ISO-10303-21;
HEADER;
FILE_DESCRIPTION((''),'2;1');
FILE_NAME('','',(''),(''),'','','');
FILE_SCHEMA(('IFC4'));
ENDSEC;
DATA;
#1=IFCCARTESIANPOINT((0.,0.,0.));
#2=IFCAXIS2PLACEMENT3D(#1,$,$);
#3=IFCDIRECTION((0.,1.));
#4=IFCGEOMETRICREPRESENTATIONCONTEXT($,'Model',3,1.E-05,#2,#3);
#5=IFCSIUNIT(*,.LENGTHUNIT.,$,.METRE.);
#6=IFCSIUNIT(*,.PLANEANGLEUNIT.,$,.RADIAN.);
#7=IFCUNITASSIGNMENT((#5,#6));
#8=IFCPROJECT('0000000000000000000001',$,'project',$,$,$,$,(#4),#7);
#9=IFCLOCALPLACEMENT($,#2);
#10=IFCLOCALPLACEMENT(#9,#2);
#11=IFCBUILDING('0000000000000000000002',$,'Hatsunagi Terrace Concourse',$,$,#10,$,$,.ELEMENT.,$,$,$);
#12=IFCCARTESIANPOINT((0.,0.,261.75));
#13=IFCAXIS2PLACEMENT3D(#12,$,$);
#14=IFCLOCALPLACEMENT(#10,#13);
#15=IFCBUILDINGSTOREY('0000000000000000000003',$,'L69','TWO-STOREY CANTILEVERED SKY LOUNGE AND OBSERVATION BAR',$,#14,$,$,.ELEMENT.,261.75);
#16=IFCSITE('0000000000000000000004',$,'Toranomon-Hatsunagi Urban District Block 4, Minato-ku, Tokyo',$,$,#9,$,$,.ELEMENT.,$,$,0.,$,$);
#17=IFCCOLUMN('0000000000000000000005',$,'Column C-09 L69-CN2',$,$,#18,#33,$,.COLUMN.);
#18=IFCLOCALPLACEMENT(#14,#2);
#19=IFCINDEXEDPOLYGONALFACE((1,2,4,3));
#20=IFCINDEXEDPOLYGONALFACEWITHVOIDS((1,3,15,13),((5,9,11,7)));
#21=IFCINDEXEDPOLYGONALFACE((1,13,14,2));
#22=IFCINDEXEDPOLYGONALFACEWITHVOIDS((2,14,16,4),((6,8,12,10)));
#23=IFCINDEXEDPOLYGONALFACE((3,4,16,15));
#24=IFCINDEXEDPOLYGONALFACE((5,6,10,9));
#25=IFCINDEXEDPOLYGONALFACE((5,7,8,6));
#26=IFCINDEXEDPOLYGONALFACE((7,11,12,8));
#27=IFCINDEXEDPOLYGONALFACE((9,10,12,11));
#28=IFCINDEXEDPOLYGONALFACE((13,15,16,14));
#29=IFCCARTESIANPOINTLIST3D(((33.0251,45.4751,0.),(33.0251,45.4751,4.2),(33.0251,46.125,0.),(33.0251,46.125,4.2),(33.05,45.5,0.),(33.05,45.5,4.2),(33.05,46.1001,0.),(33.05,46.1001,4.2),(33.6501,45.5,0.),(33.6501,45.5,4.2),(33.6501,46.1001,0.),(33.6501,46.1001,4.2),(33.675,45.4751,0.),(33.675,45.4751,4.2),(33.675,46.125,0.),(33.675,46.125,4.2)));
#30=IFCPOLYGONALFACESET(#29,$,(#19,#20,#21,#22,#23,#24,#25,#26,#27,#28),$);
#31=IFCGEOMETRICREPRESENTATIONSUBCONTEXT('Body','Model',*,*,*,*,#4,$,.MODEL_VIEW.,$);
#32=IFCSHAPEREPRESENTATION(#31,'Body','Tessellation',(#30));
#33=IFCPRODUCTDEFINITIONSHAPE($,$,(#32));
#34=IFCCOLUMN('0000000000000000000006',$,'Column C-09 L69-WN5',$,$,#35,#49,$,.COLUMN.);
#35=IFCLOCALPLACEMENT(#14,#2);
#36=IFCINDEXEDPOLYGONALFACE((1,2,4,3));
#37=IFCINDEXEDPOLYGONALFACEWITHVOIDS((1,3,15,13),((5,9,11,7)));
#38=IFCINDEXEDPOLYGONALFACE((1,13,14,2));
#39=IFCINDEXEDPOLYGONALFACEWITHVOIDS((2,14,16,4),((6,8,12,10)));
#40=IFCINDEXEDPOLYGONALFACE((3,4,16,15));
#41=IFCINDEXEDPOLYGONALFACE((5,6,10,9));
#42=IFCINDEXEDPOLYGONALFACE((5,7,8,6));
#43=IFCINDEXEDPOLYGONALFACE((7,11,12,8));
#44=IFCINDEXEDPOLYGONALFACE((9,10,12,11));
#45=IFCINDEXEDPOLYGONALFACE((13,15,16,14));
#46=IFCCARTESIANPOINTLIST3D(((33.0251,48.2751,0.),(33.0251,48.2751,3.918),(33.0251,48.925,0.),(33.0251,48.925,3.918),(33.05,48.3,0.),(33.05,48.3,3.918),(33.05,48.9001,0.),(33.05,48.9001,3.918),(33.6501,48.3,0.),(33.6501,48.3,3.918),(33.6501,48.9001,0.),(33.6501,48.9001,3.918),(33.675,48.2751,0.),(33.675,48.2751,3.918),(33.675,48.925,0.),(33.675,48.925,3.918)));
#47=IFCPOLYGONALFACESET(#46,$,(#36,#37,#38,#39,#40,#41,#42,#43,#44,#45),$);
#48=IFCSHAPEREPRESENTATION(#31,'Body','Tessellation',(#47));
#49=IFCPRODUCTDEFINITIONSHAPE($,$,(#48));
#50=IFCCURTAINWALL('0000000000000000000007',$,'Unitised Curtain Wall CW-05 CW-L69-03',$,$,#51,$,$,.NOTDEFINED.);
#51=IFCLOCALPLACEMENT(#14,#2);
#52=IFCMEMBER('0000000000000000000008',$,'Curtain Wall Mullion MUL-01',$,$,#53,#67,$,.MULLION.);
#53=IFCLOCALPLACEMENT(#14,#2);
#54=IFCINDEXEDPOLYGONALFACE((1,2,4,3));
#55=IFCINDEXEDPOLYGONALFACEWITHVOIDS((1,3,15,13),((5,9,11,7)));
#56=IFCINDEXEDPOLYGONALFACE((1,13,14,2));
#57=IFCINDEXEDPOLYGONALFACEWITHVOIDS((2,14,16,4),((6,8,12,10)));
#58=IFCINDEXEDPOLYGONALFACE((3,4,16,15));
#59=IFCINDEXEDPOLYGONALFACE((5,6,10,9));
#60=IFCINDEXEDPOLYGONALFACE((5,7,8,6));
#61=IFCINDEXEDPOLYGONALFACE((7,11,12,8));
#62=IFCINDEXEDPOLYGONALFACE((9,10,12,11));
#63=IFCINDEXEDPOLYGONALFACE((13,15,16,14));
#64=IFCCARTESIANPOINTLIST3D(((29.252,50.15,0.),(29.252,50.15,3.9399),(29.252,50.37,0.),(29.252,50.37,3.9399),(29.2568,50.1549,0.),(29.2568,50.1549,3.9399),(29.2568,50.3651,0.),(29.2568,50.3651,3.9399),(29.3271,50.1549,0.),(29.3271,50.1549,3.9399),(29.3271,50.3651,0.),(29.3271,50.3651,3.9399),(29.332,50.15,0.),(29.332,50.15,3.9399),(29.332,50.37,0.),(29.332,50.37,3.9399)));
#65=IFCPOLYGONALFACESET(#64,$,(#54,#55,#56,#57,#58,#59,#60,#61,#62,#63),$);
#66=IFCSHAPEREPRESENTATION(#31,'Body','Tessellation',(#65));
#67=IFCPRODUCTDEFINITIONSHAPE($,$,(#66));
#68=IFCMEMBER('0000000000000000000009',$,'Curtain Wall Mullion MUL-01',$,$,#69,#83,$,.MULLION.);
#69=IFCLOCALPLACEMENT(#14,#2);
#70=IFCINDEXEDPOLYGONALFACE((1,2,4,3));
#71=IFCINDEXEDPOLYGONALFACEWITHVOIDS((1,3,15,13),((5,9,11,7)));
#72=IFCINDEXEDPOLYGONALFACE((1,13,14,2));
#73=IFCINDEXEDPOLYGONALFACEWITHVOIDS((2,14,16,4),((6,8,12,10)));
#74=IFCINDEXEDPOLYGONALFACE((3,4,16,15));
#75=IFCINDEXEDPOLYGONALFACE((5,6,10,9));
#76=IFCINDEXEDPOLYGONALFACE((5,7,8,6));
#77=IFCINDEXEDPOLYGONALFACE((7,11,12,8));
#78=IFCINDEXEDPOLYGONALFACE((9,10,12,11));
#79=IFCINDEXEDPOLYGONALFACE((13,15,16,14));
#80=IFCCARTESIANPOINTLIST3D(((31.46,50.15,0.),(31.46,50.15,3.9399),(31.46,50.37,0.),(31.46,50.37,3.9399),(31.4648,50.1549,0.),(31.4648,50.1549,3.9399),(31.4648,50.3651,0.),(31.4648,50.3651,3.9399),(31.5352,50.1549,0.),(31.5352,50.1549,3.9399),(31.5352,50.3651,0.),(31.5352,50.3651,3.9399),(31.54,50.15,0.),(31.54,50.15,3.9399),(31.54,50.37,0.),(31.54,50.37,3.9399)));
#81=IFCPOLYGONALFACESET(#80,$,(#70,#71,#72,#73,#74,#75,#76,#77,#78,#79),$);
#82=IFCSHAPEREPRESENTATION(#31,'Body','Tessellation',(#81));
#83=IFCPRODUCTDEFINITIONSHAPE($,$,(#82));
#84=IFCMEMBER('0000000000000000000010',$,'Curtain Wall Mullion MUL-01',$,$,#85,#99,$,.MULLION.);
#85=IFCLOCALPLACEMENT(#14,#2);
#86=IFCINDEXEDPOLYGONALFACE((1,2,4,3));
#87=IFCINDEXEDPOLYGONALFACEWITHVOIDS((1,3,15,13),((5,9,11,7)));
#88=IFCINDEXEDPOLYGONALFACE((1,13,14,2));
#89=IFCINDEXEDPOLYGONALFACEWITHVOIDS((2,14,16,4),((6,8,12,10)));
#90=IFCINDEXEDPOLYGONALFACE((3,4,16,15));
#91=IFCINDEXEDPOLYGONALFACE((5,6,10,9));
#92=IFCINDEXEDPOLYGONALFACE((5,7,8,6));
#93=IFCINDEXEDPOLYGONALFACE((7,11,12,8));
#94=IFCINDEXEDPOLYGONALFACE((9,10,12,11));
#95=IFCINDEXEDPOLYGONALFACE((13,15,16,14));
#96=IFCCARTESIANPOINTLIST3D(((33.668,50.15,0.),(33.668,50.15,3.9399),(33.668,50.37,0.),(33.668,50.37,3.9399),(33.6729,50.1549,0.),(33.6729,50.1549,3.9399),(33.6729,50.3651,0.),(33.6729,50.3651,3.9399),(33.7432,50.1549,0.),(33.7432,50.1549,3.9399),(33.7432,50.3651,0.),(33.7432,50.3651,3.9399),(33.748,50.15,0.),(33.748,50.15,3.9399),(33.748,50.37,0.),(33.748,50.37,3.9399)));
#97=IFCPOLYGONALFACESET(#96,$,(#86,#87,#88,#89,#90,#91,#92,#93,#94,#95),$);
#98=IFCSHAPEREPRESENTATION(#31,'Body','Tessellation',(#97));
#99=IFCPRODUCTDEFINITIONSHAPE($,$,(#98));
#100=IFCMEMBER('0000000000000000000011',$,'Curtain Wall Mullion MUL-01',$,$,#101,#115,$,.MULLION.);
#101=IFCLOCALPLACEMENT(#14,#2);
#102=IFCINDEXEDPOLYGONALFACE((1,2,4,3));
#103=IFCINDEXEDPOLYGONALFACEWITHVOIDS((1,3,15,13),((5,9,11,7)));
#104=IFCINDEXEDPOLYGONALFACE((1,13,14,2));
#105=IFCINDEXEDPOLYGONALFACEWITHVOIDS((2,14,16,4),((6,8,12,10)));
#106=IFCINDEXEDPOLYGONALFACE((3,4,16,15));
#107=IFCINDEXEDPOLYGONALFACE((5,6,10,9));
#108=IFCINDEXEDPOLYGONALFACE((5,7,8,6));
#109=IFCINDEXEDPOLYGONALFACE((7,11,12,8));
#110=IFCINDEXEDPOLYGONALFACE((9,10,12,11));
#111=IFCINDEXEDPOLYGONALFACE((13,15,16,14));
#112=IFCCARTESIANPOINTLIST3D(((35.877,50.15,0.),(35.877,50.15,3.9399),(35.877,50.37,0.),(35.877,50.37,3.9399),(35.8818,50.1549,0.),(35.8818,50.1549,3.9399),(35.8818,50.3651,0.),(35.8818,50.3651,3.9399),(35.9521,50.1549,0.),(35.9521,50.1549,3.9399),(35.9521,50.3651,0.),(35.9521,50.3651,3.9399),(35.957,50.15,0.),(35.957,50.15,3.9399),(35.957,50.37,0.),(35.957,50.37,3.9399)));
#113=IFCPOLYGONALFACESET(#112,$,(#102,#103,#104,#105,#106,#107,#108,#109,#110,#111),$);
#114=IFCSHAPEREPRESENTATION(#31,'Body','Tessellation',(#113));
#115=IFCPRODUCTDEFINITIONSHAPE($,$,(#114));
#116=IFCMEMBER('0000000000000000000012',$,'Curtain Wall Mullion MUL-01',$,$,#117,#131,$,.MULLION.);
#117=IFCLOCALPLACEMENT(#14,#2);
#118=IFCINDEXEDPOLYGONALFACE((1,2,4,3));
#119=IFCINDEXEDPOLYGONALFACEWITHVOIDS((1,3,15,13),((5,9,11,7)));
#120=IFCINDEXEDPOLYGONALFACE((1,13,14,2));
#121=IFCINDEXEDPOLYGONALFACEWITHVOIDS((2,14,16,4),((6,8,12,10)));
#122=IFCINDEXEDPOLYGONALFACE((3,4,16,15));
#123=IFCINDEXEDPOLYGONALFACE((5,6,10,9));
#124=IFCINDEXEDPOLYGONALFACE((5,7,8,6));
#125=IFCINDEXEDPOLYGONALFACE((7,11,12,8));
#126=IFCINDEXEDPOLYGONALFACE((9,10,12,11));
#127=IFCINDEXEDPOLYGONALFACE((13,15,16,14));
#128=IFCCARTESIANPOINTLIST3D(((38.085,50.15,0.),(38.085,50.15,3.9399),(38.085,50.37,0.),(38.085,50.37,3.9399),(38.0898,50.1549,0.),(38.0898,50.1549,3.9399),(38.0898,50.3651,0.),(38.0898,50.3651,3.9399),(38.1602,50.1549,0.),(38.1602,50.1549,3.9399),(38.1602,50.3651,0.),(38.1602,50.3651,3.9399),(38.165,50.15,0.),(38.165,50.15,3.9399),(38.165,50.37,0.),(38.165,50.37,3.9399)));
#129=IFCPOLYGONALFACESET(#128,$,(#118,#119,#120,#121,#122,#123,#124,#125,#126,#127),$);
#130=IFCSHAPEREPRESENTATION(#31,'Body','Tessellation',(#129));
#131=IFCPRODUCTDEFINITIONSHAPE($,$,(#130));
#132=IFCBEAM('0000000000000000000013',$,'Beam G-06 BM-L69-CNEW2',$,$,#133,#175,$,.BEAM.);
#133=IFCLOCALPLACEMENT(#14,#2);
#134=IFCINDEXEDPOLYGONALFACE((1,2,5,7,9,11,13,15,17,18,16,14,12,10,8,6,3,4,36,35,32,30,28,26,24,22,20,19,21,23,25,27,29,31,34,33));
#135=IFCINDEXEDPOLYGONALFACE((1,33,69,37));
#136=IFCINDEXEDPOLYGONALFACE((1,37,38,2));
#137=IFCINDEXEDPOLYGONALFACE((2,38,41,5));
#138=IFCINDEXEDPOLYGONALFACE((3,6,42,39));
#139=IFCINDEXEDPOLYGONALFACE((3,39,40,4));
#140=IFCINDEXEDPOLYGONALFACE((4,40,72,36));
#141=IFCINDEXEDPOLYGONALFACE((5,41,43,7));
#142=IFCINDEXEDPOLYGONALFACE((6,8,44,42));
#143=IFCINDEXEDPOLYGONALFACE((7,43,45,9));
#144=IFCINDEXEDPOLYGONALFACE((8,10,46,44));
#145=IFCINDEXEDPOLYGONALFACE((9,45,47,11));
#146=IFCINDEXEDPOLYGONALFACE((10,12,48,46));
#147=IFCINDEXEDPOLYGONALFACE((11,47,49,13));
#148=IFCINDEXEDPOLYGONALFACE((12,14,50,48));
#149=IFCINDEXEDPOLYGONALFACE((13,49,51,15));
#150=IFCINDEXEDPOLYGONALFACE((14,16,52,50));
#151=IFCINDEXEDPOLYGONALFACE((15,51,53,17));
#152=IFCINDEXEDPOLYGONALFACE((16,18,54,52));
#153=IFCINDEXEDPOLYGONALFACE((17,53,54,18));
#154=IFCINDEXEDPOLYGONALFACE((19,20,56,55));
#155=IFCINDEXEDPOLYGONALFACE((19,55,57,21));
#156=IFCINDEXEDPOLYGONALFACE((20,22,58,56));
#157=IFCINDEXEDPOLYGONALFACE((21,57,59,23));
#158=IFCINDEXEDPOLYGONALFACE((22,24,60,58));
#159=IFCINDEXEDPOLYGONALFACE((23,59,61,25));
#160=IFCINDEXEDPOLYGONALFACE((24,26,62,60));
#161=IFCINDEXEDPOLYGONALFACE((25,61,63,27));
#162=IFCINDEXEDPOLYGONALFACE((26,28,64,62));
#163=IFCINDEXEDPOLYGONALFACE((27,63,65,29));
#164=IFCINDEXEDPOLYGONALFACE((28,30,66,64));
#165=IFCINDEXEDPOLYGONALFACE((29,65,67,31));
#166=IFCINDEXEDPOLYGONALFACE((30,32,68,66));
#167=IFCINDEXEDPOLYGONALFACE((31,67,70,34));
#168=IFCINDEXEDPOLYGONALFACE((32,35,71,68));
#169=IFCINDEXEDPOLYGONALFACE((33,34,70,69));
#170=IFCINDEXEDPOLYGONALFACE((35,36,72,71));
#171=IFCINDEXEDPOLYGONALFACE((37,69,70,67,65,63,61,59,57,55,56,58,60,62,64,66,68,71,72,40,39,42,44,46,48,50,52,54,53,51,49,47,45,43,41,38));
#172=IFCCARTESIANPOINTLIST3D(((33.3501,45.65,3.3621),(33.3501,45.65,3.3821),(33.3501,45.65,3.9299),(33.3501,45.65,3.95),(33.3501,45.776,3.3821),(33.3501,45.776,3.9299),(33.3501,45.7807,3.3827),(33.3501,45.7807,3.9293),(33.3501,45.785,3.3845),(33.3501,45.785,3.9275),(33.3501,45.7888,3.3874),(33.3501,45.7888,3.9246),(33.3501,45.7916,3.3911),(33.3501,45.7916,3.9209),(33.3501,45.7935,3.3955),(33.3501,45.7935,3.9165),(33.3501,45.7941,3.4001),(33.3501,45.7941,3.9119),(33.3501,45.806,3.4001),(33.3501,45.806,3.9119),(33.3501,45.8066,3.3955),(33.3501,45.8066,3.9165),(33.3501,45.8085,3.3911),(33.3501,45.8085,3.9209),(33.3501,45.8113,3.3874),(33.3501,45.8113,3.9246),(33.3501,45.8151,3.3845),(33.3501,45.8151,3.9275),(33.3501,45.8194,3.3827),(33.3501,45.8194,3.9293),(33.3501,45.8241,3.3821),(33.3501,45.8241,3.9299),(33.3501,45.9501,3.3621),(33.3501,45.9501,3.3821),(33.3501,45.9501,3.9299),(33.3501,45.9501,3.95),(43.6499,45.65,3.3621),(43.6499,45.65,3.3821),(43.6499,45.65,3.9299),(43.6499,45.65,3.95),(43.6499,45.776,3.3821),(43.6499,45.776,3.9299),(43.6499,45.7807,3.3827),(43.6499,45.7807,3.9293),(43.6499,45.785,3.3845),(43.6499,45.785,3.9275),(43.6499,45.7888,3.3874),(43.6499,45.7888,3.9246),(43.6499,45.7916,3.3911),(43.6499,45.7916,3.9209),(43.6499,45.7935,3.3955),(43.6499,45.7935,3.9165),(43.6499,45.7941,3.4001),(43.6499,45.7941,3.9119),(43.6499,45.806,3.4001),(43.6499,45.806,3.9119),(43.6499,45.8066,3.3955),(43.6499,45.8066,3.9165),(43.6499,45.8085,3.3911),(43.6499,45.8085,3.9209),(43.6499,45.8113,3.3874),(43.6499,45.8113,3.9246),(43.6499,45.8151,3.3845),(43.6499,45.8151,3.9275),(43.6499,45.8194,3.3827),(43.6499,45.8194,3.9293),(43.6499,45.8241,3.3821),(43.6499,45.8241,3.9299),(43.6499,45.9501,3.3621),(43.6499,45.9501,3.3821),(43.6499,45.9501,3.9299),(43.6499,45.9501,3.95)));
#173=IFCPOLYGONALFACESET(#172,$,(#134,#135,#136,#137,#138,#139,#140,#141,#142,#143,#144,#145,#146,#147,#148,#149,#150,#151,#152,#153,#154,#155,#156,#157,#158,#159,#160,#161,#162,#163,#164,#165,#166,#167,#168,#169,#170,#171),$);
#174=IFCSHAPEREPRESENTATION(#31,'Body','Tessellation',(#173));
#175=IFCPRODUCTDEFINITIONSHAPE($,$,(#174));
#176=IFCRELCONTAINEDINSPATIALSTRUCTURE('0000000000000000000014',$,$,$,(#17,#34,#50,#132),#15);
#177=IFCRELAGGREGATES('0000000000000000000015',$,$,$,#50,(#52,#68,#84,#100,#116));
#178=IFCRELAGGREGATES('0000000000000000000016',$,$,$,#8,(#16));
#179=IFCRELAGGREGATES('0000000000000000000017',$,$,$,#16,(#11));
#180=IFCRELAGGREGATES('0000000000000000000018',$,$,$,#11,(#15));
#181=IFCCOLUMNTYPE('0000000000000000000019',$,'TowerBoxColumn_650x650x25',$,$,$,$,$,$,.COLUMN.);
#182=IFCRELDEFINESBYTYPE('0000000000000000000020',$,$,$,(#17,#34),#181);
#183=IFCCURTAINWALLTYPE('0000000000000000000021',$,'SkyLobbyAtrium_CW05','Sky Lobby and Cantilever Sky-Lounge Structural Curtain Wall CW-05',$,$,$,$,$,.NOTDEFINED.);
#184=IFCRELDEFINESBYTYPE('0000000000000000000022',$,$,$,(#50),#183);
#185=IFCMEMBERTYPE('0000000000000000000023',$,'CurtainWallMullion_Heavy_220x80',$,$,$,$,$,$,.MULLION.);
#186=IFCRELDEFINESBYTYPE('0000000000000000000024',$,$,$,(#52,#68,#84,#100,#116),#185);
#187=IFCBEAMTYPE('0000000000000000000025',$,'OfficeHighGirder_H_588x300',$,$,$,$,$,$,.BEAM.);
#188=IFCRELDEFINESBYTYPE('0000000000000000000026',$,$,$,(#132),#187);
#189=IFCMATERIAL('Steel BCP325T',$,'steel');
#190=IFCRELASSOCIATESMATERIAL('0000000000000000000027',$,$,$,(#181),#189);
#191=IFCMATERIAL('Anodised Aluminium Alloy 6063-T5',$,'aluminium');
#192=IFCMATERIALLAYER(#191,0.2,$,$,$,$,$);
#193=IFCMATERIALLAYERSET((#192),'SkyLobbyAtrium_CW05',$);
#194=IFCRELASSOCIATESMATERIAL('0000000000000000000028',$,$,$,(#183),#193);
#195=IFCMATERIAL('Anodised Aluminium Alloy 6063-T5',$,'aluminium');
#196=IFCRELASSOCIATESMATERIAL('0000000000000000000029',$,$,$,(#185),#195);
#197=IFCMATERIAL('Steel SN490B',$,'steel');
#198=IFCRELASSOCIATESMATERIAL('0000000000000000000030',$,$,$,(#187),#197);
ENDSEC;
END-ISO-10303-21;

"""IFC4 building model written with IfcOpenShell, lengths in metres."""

from ifc_helpers import new_model, si_unit, direction, frame, origin, origin_2d, place, context, subcontext, project, spatial, hollow_rectangle, i_section, extrude, material, layer, layer_set, material_profile, profile_set, type_object, element, aggregate, save


model = new_model("IFC4")

# Units and contexts
model_context = context("Model", 3, precision=1e-05, world=origin(), true_north=direction((0.0, 1.0)))
body_context = subcontext(model_context, "Body", "Model", "MODEL_VIEW")
ifc_project = project(units=[si_unit("LENGTHUNIT", "METRE"), si_unit("PLANEANGLEUNIT", "RADIAN")], contexts=[model_context])

# Site, building, storey
site_placement = place(None, origin())
site = spatial("IfcSite", under=ifc_project, at=site_placement, Name="Toranomon-Hatsunagi Urban District Block 4, Minato-ku, Tokyo", CompositionType="ELEMENT", RefElevation=0.0)
building_placement = place(site_placement, origin())
building = spatial("IfcBuilding", under=site, at=building_placement, Name="Hatsunagi Terrace Concourse", CompositionType="ELEMENT")
storey_placement = place(building_placement, frame((0.0, 0.0, 261.75)))
storey = spatial("IfcBuildingStorey", under=building, at=storey_placement, Name="L69", Description="TWO-STOREY CANTILEVERED SKY LOUNGE AND OBSERVATION BAR", CompositionType="ELEMENT", Elevation=261.75)

# Columns
ifc_material_1 = material(Name="Steel BCP325T", Category="steel")
ifc_material_profile_1 = material_profile(ifc_material_1, hollow_rectangle(XDim=0.6499, YDim=0.6499, WallThickness=0.0249, at=origin_2d()), Name="BCP-650x650x25")
ifc_profile_set_1 = profile_set([ifc_material_profile_1], Name="Steel BCP325T")
column_type = type_object("IfcColumnType", Name="TowerBoxColumn_650x650x25", PredefinedType="COLUMN", material=ifc_profile_set_1)
column_1_placement = place(storey_placement, frame((33.3501, 45.8, 0.0), z_axis=(0.0, 0.0, 1.0), x_axis=(1.0, 0.0, 0.0)))
element("IfcColumn", 1, at=column_1_placement, inside=storey, type_object=column_type, Name="Column C-09 L69-CN2", PredefinedType="COLUMN", context=body_context, shape_type="SweptSolid", body=[
    extrude(hollow_rectangle(XDim=0.6499, YDim=0.6499, WallThickness=0.0249, at=origin_2d()), origin(), (0.0, 0.0, 1.0), 4.2),
])
column_2_placement = place(storey_placement, frame((33.3501, 48.6001, 0.0), z_axis=(0.0, 0.0, 1.0), x_axis=(1.0, 0.0, 0.0)))
element("IfcColumn", 2, at=column_2_placement, inside=storey, type_object=column_type, Name="Column C-09 L69-WN5", PredefinedType="COLUMN", context=body_context, shape_type="SweptSolid", body=[
    extrude(hollow_rectangle(XDim=0.6499, YDim=0.6499, WallThickness=0.0249, at=origin_2d()), origin(), (0.0, 0.0, 1.0), 3.918),
])

# Curtain wall, members
ifc_material_2 = material(Name="Anodised Aluminium Alloy 6063-T5", Category="aluminium")
ifc_layer_1 = layer(ifc_material_2, 0.2)
ifc_layer_set_1 = layer_set([ifc_layer_1], Name="SkyLobbyAtrium_CW05")
curtain_wall_type = type_object("IfcCurtainWallType", Name="SkyLobbyAtrium_CW05", Description="Sky Lobby and Cantilever Sky-Lounge Structural Curtain Wall CW-05", PredefinedType="NOTDEFINED", material=ifc_layer_set_1)
curtain_wall_placement = place(storey_placement, origin())
curtain_wall = element("IfcCurtainWall", 3, at=curtain_wall_placement, inside=storey, type_object=curtain_wall_type, Name="Unitised Curtain Wall CW-05 CW-L69-03", PredefinedType="NOTDEFINED")
ifc_material_3 = material(Name="Anodised Aluminium Alloy 6063-T5", Category="aluminium")
ifc_material_profile_2 = material_profile(ifc_material_3, hollow_rectangle(XDim=0.0801, YDim=0.22, WallThickness=0.0049, at=origin_2d()), Name="ALU-MUL-220x80x5")
ifc_profile_set_2 = profile_set([ifc_material_profile_2], Name="Anodised Aluminium Alloy 6063-T5")
member_type = type_object("IfcMemberType", Name="CurtainWallMullion_Heavy_220x80", PredefinedType="MULLION", material=ifc_profile_set_2)
member_1_placement = place(storey_placement, frame((29.292, 50.26, 0.0), z_axis=(0.0, 0.0, 1.0), x_axis=(1.0, 0.0, 0.0)))
member_1 = element("IfcMember", 4, at=member_1_placement, type_object=member_type, Name="Curtain Wall Mullion MUL-01", PredefinedType="MULLION", context=body_context, shape_type="SweptSolid", body=[
    extrude(hollow_rectangle(XDim=0.0801, YDim=0.22, WallThickness=0.0049, at=origin_2d()), origin(), (0.0, 0.0, 1.0), 3.9399),
])
member_2_placement = place(storey_placement, frame((31.5, 50.26, 0.0), z_axis=(0.0, 0.0, 1.0), x_axis=(1.0, 0.0, 0.0)))
member_2 = element("IfcMember", 5, at=member_2_placement, type_object=member_type, Name="Curtain Wall Mullion MUL-01", PredefinedType="MULLION", context=body_context, shape_type="SweptSolid", body=[
    extrude(hollow_rectangle(XDim=0.0801, YDim=0.22, WallThickness=0.0049, at=origin_2d()), origin(), (0.0, 0.0, 1.0), 3.9399),
])
member_3_placement = place(storey_placement, frame((33.708, 50.26, 0.0), z_axis=(0.0, 0.0, 1.0), x_axis=(1.0, 0.0, 0.0)))
member_3 = element("IfcMember", 6, at=member_3_placement, type_object=member_type, Name="Curtain Wall Mullion MUL-01", PredefinedType="MULLION", context=body_context, shape_type="SweptSolid", body=[
    extrude(hollow_rectangle(XDim=0.0801, YDim=0.22, WallThickness=0.0049, at=origin_2d()), origin(), (0.0, 0.0, 1.0), 3.9399),
])
member_4_placement = place(storey_placement, frame((35.917, 50.26, 0.0), z_axis=(0.0, 0.0, 1.0), x_axis=(1.0, 0.0, 0.0)))
member_4 = element("IfcMember", 7, at=member_4_placement, type_object=member_type, Name="Curtain Wall Mullion MUL-01", PredefinedType="MULLION", context=body_context, shape_type="SweptSolid", body=[
    extrude(hollow_rectangle(XDim=0.0801, YDim=0.22, WallThickness=0.0049, at=origin_2d()), origin(), (0.0, 0.0, 1.0), 3.9399),
])
member_5_placement = place(storey_placement, frame((38.125, 50.26, 0.0), z_axis=(0.0, 0.0, 1.0), x_axis=(1.0, 0.0, 0.0)))
member_5 = element("IfcMember", 8, at=member_5_placement, type_object=member_type, Name="Curtain Wall Mullion MUL-01", PredefinedType="MULLION", context=body_context, shape_type="SweptSolid", body=[
    extrude(hollow_rectangle(XDim=0.0801, YDim=0.22, WallThickness=0.0049, at=origin_2d()), origin(), (0.0, 0.0, 1.0), 3.9399),
])

# Beam
ifc_material_4 = material(Name="Steel SN490B", Category="steel")
ifc_material_profile_3 = material_profile(ifc_material_4, i_section(OverallWidth=0.3, OverallDepth=0.5879, WebThickness=0.012, FlangeThickness=0.02, FilletRadius=0.0181, at=origin_2d()), Name="H-588x300x12x20")
ifc_profile_set_3 = profile_set([ifc_material_profile_3], Name="Steel SN490B")
beam_type_1 = type_object("IfcBeamType", Name="OfficeHighGirder_H_588x300", PredefinedType="BEAM", material=ifc_profile_set_3)
beam_1_placement = place(storey_placement, frame((33.3501, 45.8, 3.656), z_axis=(1.0, 0.0, 0.0), x_axis=(0.0, 1.0, 0.0)))
element("IfcBeam", 9, at=beam_1_placement, inside=storey, type_object=beam_type_1, Name="Beam G-06 BM-L69-CNEW2", PredefinedType="BEAM", context=body_context, shape_type="SweptSolid", body=[
    extrude(i_section(OverallWidth=0.3, OverallDepth=0.5879, WebThickness=0.012, FlangeThickness=0.02, FilletRadius=0.0181, at=origin_2d()), origin(), (0.0, 0.0, 1.0), 10.2998),
])

aggregate(curtain_wall, [member_1, member_2, member_3, member_4, member_5])

save(model, "model.ifc")
